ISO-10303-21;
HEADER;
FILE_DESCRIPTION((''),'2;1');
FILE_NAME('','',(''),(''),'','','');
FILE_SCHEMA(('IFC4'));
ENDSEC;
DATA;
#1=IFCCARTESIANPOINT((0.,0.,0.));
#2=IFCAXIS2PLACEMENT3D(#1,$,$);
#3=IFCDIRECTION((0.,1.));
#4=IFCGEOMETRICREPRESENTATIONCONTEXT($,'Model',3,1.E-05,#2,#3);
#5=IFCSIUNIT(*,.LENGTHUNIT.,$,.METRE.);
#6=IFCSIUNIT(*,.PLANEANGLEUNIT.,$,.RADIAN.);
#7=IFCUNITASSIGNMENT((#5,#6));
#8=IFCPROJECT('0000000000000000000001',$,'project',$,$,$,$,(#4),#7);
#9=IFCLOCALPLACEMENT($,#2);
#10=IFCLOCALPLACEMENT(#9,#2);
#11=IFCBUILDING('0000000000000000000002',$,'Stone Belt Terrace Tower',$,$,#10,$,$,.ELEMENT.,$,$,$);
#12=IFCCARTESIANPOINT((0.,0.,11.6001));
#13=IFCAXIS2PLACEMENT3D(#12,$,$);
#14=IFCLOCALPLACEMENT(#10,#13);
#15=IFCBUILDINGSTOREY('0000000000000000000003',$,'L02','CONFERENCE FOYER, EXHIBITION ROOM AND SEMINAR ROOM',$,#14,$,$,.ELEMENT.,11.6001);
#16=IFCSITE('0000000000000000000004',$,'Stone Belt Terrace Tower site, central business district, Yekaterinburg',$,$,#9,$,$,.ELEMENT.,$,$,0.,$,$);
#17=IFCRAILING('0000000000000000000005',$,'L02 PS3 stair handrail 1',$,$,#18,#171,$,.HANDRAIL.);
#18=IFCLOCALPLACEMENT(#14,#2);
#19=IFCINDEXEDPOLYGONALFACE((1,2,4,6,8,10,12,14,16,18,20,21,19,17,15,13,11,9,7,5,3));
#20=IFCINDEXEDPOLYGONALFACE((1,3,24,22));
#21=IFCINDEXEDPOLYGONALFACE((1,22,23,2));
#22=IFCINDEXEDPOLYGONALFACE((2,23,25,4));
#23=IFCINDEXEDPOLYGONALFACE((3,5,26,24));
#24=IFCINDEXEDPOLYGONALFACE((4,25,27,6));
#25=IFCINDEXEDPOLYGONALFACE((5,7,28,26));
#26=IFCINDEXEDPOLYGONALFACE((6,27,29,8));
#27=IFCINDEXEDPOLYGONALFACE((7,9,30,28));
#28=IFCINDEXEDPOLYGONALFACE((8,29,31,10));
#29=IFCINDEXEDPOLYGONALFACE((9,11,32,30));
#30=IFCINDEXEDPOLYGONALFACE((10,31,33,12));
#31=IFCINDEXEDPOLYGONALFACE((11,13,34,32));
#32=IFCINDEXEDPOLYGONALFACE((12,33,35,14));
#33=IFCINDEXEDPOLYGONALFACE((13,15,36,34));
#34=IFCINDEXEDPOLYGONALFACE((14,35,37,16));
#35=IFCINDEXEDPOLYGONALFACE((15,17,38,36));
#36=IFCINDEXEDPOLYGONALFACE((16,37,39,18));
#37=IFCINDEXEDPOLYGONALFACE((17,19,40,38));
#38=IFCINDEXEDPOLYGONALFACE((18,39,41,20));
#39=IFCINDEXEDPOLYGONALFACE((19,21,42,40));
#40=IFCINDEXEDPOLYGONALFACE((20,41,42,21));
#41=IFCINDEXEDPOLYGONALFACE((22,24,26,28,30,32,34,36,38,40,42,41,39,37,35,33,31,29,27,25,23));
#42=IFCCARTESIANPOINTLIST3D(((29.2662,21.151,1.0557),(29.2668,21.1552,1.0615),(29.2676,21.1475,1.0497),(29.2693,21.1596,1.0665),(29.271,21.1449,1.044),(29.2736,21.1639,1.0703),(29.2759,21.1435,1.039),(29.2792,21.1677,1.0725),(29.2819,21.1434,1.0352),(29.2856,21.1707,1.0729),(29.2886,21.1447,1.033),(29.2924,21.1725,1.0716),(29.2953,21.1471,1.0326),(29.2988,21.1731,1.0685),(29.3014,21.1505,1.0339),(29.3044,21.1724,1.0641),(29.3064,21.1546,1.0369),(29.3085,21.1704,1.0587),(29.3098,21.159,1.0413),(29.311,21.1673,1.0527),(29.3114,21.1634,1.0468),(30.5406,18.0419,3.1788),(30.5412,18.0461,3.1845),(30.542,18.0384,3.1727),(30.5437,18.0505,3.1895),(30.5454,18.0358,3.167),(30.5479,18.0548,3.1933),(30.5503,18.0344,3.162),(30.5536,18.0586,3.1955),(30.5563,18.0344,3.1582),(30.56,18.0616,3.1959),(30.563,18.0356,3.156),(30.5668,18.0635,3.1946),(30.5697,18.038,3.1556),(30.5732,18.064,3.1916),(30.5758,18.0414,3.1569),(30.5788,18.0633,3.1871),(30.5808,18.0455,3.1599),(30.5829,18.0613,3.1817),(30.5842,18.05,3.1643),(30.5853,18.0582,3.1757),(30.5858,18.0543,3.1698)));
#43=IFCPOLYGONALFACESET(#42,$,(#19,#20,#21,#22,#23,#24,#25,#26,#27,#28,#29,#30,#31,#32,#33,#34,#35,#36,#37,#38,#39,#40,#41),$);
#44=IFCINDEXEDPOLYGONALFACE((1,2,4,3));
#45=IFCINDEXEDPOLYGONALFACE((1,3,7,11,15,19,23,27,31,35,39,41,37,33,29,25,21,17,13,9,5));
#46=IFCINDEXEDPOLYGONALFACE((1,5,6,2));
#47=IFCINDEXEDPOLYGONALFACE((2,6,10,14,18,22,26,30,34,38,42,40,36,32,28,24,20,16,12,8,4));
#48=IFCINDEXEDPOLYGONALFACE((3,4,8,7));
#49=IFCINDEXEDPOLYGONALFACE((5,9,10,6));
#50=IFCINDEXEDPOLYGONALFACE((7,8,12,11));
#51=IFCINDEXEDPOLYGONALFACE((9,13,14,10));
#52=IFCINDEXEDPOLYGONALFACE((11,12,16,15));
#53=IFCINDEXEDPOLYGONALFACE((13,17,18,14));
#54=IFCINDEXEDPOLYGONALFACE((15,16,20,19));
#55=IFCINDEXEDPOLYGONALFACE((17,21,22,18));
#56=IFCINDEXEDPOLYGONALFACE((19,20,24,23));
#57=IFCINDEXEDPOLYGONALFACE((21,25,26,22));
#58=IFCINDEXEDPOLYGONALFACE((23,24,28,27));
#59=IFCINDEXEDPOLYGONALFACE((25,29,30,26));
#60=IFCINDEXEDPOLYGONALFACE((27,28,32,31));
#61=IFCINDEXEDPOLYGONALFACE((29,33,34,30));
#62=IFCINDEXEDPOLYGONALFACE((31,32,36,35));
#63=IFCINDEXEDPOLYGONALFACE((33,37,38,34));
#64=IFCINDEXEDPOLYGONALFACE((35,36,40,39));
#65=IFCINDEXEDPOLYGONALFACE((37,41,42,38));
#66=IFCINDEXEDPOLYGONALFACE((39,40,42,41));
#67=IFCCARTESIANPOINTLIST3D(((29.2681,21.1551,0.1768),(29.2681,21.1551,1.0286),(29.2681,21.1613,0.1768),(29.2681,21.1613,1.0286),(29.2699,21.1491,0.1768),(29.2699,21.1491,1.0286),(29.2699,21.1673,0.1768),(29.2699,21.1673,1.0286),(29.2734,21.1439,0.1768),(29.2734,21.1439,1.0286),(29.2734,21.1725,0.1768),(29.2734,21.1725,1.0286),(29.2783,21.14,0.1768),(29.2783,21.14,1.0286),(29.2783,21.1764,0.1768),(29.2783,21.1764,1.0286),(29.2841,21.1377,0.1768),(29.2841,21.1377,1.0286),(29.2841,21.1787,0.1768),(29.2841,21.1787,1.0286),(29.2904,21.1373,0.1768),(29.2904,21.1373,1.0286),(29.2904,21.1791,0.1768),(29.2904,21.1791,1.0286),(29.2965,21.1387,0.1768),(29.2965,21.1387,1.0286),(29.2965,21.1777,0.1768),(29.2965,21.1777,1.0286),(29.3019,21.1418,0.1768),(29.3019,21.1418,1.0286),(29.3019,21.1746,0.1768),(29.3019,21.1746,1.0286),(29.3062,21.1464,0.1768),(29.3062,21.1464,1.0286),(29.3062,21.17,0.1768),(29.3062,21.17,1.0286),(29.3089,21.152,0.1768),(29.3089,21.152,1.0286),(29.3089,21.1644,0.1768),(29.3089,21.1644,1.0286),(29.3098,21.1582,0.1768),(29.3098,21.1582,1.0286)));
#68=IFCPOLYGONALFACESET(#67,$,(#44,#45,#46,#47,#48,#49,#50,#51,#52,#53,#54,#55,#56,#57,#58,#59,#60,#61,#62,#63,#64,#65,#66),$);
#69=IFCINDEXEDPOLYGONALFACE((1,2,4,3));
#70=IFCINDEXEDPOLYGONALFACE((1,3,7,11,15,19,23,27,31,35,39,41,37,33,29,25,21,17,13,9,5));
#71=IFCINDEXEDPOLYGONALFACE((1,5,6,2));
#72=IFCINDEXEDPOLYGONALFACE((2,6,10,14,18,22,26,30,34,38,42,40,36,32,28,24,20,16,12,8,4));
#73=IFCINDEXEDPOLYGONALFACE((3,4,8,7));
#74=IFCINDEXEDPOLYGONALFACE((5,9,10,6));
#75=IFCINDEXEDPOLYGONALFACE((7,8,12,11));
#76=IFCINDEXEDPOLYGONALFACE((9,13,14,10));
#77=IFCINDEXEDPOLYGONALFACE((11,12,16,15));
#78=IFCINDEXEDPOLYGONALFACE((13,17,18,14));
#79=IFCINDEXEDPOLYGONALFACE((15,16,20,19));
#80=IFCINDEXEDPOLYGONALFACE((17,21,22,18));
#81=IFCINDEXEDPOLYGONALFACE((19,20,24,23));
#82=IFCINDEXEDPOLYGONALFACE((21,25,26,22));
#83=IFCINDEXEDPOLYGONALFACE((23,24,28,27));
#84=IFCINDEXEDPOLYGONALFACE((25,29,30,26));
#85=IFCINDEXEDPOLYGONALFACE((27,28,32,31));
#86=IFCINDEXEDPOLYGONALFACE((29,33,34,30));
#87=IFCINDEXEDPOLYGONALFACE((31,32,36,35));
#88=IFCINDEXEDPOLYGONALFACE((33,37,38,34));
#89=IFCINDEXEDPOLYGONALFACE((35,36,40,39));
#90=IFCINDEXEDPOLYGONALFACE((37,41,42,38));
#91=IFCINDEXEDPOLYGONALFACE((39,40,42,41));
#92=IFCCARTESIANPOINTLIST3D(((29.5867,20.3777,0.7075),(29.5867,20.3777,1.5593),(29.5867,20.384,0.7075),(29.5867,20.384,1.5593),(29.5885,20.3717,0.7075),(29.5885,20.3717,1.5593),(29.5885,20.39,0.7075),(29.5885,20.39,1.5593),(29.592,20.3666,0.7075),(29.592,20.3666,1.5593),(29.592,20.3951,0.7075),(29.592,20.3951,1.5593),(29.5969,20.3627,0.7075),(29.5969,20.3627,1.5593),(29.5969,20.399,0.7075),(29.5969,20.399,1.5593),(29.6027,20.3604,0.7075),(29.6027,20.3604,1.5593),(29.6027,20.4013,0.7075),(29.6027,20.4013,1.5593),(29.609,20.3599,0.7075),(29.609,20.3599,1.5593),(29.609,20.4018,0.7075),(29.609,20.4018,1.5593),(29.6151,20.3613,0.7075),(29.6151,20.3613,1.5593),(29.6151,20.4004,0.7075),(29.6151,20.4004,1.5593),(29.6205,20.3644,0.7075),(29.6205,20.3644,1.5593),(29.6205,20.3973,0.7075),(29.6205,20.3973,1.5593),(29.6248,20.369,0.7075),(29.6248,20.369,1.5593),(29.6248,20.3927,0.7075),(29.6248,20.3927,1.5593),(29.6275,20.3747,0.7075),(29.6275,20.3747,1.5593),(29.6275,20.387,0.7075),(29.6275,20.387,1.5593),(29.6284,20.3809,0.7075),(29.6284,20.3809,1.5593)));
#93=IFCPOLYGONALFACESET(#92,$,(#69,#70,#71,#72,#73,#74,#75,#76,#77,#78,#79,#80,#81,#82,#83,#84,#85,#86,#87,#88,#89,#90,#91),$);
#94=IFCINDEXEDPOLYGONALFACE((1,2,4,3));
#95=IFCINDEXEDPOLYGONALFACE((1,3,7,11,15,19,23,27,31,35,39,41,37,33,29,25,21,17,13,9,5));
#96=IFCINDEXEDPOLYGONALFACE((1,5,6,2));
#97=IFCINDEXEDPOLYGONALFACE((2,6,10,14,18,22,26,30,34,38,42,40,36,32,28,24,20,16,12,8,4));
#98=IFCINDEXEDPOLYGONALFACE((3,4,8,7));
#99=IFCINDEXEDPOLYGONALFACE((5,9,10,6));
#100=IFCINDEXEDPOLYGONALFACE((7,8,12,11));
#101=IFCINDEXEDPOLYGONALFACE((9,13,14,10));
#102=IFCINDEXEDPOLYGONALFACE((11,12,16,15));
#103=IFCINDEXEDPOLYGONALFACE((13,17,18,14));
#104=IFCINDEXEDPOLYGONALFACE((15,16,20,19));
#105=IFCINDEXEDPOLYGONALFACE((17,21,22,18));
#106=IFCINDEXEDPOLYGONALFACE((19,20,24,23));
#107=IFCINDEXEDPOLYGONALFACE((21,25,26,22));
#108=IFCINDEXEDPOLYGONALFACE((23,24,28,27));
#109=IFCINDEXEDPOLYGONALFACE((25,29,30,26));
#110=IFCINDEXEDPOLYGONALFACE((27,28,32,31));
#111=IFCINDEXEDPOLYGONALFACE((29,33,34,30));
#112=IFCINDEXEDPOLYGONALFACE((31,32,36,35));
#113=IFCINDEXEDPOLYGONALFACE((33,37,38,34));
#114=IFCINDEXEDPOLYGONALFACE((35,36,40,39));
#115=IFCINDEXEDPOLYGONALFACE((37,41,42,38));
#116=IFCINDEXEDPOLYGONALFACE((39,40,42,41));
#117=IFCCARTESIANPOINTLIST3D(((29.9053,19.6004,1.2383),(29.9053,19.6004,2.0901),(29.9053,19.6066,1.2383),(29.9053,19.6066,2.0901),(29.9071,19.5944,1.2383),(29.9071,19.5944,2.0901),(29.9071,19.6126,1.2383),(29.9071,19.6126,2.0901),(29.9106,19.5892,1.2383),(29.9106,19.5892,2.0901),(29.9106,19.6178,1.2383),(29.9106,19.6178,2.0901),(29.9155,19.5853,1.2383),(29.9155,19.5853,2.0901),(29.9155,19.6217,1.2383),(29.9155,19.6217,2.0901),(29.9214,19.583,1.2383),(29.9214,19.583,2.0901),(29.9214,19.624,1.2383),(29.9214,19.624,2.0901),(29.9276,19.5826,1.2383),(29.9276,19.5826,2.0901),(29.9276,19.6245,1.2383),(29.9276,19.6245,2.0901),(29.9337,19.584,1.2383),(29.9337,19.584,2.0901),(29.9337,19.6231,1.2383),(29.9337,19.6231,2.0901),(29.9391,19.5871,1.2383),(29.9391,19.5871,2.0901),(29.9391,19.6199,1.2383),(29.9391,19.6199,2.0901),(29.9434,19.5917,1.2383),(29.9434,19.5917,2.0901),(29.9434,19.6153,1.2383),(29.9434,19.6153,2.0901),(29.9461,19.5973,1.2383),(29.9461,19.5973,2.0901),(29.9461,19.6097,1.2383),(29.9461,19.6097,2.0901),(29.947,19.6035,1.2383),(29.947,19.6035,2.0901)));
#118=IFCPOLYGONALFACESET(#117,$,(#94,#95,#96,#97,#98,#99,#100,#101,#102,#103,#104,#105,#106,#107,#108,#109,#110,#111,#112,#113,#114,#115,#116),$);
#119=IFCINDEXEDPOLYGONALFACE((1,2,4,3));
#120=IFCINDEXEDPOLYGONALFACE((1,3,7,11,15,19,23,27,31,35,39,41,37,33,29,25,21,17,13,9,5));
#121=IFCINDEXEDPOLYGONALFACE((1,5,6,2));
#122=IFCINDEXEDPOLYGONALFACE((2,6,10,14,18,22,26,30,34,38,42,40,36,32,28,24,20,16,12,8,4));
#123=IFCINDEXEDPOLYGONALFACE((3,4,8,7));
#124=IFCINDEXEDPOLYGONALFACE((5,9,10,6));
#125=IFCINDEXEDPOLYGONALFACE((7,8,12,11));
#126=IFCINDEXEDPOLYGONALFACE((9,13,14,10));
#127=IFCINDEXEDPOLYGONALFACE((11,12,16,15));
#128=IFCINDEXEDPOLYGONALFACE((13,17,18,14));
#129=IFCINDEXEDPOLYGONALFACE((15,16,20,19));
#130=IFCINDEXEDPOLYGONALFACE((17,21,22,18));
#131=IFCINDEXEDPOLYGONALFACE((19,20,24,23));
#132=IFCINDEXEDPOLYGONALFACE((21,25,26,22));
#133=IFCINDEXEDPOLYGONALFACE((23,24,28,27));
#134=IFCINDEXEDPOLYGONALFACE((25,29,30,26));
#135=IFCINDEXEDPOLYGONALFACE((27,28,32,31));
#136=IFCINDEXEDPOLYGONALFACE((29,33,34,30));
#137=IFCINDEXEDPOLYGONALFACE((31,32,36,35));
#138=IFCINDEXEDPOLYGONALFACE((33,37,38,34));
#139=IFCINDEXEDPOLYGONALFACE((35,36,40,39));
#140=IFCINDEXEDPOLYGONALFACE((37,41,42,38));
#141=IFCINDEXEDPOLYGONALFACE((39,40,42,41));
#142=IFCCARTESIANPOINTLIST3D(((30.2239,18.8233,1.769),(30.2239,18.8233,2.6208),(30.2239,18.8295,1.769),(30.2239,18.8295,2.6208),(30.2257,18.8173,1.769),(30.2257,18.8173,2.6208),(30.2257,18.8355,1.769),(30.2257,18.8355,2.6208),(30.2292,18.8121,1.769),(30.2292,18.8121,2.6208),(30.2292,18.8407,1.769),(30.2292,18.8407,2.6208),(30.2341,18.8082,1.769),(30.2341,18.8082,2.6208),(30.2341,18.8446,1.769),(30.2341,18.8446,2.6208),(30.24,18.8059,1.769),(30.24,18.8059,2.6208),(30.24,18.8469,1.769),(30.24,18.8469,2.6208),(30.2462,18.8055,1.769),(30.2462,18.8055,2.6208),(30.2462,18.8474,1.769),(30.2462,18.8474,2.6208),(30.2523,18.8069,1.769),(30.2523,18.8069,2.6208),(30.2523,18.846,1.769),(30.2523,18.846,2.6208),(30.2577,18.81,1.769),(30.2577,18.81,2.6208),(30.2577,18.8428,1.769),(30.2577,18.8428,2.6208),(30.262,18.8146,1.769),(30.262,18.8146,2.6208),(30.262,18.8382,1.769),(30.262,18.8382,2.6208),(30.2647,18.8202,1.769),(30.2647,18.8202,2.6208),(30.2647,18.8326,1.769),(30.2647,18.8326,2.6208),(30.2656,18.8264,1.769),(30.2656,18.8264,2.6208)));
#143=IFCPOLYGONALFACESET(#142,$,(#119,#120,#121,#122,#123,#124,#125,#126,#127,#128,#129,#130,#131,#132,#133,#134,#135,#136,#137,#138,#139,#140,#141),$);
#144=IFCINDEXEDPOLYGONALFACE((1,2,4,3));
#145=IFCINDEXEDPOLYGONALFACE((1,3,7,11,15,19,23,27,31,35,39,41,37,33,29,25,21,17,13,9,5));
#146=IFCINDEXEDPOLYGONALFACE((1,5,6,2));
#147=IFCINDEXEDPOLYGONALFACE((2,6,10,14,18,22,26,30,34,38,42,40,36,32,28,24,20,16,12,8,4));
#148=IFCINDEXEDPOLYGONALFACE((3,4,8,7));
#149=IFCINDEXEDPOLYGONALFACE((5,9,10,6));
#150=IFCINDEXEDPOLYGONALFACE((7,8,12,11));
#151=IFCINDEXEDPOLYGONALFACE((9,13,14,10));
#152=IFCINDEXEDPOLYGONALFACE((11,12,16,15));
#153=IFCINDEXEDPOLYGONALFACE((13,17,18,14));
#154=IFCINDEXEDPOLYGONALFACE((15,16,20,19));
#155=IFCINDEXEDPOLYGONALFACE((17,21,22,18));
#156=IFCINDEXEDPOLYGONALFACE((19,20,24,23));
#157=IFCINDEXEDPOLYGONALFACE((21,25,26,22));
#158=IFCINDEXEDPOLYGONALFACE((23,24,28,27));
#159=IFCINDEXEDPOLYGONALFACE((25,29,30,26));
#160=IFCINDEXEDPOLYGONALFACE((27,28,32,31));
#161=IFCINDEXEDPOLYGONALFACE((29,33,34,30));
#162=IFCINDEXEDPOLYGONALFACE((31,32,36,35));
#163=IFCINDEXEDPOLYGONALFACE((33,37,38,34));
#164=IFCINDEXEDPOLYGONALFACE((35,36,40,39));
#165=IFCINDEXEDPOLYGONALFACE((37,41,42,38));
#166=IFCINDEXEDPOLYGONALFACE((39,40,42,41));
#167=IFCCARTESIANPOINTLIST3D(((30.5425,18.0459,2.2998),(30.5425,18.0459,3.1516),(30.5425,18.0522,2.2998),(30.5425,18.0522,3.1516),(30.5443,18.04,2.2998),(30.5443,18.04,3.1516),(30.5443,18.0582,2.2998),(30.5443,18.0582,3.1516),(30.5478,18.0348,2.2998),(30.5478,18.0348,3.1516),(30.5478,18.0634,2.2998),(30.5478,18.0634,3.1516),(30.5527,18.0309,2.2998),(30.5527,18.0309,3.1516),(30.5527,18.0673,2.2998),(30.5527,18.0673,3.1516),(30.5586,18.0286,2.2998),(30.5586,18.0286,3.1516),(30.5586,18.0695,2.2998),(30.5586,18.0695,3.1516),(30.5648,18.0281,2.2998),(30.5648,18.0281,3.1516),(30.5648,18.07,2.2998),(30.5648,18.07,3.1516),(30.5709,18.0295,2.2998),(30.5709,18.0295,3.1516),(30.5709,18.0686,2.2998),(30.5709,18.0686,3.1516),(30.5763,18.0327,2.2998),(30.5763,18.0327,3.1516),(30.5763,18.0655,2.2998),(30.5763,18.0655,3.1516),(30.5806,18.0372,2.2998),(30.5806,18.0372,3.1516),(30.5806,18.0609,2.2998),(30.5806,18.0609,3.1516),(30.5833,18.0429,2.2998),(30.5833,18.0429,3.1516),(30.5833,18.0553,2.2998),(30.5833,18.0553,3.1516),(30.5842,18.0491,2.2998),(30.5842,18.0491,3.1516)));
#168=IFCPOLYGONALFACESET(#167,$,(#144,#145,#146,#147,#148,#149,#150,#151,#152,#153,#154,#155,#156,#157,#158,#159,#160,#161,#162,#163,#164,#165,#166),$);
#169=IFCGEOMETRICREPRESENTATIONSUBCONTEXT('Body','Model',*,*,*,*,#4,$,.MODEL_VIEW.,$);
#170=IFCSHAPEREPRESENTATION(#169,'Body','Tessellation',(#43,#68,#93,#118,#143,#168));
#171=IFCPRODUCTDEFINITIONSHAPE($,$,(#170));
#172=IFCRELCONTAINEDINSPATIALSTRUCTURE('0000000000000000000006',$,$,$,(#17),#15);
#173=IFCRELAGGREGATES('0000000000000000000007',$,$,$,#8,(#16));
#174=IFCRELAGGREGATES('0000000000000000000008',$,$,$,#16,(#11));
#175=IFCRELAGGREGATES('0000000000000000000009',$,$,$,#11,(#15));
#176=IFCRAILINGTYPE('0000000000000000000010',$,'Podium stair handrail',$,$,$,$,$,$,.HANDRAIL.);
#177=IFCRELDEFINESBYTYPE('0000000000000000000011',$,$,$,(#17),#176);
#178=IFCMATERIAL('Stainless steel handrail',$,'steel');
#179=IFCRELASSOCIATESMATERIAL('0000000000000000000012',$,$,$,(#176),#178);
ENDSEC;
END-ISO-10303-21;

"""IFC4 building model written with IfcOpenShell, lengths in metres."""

from ifc_helpers import new_model, si_unit, direction, frame, origin, origin_2d, place, context, subcontext, project, spatial, circle, extrude, material, type_object, element, save


model = new_model("IFC4")

# Units and contexts
model_context = context("Model", 3, precision=1e-05, world=origin(), true_north=direction((0.0, 1.0)))
body_context = subcontext(model_context, "Body", "Model", "MODEL_VIEW")
ifc_project = project(units=[si_unit("LENGTHUNIT", "METRE"), si_unit("PLANEANGLEUNIT", "RADIAN")], contexts=[model_context])

# Site, building, storey
site_placement = place(None, origin())
site = spatial("IfcSite", under=ifc_project, at=site_placement, Name="Stone Belt Terrace Tower site, central business district, Yekaterinburg", CompositionType="ELEMENT", RefElevation=0.0)
building_placement = place(site_placement, origin())
building = spatial("IfcBuilding", under=site, at=building_placement, Name="Stone Belt Terrace Tower", CompositionType="ELEMENT")
storey_placement = place(building_placement, frame((0.0, 0.0, 11.6001)))
storey = spatial("IfcBuildingStorey", under=building, at=storey_placement, Name="L02", Description="CONFERENCE FOYER, EXHIBITION ROOM AND SEMINAR ROOM", CompositionType="ELEMENT", Elevation=11.6001)

# Railing
ifc_material_1 = material(Name="Stainless steel handrail", Category="steel")
railing_type_1 = type_object("IfcRailingType", Name="Podium stair handrail", PredefinedType="HANDRAIL", material=ifc_material_1)
railing_1_placement = place(storey_placement, frame((29.2888, 21.1582, 0.1768)))
element("IfcRailing", 1, at=railing_1_placement, inside=storey, type_object=railing_type_1, Name="L02 PS3 stair handrail 1", PredefinedType="HANDRAIL", context=body_context, shape_type="SweptSolid", body=[
    extrude(circle(Radius=0.0239, at=origin_2d()), frame((0.0, 0.0, 0.876), z_axis=(0.320632, -0.782232, 0.534142), x_axis=(0.925286, 0.379269, 0.0)), (0.0, 0.0, 1.0), 3.9746),
    extrude(circle(Radius=0.021, at=origin_2d()), origin(), (0.0, 0.0, 1.0), 0.8518),
    extrude(circle(Radius=0.021, at=origin_2d()), frame((0.3186, -0.7773, 0.5308)), (0.0, 0.0, 1.0), 0.8518),
    extrude(circle(Radius=0.021, at=origin_2d()), frame((0.6372, -1.5547, 1.0615)), (0.0, 0.0, 1.0), 0.8518),
    extrude(circle(Radius=0.021, at=origin_2d()), frame((0.9558, -2.3318, 1.5923)), (0.0, 0.0, 1.0), 0.8518),
    extrude(circle(Radius=0.021, at=origin_2d()), frame((1.2744, -3.1091, 2.123)), (0.0, 0.0, 1.0), 0.8518),
])

save(model, "model.ifc")
